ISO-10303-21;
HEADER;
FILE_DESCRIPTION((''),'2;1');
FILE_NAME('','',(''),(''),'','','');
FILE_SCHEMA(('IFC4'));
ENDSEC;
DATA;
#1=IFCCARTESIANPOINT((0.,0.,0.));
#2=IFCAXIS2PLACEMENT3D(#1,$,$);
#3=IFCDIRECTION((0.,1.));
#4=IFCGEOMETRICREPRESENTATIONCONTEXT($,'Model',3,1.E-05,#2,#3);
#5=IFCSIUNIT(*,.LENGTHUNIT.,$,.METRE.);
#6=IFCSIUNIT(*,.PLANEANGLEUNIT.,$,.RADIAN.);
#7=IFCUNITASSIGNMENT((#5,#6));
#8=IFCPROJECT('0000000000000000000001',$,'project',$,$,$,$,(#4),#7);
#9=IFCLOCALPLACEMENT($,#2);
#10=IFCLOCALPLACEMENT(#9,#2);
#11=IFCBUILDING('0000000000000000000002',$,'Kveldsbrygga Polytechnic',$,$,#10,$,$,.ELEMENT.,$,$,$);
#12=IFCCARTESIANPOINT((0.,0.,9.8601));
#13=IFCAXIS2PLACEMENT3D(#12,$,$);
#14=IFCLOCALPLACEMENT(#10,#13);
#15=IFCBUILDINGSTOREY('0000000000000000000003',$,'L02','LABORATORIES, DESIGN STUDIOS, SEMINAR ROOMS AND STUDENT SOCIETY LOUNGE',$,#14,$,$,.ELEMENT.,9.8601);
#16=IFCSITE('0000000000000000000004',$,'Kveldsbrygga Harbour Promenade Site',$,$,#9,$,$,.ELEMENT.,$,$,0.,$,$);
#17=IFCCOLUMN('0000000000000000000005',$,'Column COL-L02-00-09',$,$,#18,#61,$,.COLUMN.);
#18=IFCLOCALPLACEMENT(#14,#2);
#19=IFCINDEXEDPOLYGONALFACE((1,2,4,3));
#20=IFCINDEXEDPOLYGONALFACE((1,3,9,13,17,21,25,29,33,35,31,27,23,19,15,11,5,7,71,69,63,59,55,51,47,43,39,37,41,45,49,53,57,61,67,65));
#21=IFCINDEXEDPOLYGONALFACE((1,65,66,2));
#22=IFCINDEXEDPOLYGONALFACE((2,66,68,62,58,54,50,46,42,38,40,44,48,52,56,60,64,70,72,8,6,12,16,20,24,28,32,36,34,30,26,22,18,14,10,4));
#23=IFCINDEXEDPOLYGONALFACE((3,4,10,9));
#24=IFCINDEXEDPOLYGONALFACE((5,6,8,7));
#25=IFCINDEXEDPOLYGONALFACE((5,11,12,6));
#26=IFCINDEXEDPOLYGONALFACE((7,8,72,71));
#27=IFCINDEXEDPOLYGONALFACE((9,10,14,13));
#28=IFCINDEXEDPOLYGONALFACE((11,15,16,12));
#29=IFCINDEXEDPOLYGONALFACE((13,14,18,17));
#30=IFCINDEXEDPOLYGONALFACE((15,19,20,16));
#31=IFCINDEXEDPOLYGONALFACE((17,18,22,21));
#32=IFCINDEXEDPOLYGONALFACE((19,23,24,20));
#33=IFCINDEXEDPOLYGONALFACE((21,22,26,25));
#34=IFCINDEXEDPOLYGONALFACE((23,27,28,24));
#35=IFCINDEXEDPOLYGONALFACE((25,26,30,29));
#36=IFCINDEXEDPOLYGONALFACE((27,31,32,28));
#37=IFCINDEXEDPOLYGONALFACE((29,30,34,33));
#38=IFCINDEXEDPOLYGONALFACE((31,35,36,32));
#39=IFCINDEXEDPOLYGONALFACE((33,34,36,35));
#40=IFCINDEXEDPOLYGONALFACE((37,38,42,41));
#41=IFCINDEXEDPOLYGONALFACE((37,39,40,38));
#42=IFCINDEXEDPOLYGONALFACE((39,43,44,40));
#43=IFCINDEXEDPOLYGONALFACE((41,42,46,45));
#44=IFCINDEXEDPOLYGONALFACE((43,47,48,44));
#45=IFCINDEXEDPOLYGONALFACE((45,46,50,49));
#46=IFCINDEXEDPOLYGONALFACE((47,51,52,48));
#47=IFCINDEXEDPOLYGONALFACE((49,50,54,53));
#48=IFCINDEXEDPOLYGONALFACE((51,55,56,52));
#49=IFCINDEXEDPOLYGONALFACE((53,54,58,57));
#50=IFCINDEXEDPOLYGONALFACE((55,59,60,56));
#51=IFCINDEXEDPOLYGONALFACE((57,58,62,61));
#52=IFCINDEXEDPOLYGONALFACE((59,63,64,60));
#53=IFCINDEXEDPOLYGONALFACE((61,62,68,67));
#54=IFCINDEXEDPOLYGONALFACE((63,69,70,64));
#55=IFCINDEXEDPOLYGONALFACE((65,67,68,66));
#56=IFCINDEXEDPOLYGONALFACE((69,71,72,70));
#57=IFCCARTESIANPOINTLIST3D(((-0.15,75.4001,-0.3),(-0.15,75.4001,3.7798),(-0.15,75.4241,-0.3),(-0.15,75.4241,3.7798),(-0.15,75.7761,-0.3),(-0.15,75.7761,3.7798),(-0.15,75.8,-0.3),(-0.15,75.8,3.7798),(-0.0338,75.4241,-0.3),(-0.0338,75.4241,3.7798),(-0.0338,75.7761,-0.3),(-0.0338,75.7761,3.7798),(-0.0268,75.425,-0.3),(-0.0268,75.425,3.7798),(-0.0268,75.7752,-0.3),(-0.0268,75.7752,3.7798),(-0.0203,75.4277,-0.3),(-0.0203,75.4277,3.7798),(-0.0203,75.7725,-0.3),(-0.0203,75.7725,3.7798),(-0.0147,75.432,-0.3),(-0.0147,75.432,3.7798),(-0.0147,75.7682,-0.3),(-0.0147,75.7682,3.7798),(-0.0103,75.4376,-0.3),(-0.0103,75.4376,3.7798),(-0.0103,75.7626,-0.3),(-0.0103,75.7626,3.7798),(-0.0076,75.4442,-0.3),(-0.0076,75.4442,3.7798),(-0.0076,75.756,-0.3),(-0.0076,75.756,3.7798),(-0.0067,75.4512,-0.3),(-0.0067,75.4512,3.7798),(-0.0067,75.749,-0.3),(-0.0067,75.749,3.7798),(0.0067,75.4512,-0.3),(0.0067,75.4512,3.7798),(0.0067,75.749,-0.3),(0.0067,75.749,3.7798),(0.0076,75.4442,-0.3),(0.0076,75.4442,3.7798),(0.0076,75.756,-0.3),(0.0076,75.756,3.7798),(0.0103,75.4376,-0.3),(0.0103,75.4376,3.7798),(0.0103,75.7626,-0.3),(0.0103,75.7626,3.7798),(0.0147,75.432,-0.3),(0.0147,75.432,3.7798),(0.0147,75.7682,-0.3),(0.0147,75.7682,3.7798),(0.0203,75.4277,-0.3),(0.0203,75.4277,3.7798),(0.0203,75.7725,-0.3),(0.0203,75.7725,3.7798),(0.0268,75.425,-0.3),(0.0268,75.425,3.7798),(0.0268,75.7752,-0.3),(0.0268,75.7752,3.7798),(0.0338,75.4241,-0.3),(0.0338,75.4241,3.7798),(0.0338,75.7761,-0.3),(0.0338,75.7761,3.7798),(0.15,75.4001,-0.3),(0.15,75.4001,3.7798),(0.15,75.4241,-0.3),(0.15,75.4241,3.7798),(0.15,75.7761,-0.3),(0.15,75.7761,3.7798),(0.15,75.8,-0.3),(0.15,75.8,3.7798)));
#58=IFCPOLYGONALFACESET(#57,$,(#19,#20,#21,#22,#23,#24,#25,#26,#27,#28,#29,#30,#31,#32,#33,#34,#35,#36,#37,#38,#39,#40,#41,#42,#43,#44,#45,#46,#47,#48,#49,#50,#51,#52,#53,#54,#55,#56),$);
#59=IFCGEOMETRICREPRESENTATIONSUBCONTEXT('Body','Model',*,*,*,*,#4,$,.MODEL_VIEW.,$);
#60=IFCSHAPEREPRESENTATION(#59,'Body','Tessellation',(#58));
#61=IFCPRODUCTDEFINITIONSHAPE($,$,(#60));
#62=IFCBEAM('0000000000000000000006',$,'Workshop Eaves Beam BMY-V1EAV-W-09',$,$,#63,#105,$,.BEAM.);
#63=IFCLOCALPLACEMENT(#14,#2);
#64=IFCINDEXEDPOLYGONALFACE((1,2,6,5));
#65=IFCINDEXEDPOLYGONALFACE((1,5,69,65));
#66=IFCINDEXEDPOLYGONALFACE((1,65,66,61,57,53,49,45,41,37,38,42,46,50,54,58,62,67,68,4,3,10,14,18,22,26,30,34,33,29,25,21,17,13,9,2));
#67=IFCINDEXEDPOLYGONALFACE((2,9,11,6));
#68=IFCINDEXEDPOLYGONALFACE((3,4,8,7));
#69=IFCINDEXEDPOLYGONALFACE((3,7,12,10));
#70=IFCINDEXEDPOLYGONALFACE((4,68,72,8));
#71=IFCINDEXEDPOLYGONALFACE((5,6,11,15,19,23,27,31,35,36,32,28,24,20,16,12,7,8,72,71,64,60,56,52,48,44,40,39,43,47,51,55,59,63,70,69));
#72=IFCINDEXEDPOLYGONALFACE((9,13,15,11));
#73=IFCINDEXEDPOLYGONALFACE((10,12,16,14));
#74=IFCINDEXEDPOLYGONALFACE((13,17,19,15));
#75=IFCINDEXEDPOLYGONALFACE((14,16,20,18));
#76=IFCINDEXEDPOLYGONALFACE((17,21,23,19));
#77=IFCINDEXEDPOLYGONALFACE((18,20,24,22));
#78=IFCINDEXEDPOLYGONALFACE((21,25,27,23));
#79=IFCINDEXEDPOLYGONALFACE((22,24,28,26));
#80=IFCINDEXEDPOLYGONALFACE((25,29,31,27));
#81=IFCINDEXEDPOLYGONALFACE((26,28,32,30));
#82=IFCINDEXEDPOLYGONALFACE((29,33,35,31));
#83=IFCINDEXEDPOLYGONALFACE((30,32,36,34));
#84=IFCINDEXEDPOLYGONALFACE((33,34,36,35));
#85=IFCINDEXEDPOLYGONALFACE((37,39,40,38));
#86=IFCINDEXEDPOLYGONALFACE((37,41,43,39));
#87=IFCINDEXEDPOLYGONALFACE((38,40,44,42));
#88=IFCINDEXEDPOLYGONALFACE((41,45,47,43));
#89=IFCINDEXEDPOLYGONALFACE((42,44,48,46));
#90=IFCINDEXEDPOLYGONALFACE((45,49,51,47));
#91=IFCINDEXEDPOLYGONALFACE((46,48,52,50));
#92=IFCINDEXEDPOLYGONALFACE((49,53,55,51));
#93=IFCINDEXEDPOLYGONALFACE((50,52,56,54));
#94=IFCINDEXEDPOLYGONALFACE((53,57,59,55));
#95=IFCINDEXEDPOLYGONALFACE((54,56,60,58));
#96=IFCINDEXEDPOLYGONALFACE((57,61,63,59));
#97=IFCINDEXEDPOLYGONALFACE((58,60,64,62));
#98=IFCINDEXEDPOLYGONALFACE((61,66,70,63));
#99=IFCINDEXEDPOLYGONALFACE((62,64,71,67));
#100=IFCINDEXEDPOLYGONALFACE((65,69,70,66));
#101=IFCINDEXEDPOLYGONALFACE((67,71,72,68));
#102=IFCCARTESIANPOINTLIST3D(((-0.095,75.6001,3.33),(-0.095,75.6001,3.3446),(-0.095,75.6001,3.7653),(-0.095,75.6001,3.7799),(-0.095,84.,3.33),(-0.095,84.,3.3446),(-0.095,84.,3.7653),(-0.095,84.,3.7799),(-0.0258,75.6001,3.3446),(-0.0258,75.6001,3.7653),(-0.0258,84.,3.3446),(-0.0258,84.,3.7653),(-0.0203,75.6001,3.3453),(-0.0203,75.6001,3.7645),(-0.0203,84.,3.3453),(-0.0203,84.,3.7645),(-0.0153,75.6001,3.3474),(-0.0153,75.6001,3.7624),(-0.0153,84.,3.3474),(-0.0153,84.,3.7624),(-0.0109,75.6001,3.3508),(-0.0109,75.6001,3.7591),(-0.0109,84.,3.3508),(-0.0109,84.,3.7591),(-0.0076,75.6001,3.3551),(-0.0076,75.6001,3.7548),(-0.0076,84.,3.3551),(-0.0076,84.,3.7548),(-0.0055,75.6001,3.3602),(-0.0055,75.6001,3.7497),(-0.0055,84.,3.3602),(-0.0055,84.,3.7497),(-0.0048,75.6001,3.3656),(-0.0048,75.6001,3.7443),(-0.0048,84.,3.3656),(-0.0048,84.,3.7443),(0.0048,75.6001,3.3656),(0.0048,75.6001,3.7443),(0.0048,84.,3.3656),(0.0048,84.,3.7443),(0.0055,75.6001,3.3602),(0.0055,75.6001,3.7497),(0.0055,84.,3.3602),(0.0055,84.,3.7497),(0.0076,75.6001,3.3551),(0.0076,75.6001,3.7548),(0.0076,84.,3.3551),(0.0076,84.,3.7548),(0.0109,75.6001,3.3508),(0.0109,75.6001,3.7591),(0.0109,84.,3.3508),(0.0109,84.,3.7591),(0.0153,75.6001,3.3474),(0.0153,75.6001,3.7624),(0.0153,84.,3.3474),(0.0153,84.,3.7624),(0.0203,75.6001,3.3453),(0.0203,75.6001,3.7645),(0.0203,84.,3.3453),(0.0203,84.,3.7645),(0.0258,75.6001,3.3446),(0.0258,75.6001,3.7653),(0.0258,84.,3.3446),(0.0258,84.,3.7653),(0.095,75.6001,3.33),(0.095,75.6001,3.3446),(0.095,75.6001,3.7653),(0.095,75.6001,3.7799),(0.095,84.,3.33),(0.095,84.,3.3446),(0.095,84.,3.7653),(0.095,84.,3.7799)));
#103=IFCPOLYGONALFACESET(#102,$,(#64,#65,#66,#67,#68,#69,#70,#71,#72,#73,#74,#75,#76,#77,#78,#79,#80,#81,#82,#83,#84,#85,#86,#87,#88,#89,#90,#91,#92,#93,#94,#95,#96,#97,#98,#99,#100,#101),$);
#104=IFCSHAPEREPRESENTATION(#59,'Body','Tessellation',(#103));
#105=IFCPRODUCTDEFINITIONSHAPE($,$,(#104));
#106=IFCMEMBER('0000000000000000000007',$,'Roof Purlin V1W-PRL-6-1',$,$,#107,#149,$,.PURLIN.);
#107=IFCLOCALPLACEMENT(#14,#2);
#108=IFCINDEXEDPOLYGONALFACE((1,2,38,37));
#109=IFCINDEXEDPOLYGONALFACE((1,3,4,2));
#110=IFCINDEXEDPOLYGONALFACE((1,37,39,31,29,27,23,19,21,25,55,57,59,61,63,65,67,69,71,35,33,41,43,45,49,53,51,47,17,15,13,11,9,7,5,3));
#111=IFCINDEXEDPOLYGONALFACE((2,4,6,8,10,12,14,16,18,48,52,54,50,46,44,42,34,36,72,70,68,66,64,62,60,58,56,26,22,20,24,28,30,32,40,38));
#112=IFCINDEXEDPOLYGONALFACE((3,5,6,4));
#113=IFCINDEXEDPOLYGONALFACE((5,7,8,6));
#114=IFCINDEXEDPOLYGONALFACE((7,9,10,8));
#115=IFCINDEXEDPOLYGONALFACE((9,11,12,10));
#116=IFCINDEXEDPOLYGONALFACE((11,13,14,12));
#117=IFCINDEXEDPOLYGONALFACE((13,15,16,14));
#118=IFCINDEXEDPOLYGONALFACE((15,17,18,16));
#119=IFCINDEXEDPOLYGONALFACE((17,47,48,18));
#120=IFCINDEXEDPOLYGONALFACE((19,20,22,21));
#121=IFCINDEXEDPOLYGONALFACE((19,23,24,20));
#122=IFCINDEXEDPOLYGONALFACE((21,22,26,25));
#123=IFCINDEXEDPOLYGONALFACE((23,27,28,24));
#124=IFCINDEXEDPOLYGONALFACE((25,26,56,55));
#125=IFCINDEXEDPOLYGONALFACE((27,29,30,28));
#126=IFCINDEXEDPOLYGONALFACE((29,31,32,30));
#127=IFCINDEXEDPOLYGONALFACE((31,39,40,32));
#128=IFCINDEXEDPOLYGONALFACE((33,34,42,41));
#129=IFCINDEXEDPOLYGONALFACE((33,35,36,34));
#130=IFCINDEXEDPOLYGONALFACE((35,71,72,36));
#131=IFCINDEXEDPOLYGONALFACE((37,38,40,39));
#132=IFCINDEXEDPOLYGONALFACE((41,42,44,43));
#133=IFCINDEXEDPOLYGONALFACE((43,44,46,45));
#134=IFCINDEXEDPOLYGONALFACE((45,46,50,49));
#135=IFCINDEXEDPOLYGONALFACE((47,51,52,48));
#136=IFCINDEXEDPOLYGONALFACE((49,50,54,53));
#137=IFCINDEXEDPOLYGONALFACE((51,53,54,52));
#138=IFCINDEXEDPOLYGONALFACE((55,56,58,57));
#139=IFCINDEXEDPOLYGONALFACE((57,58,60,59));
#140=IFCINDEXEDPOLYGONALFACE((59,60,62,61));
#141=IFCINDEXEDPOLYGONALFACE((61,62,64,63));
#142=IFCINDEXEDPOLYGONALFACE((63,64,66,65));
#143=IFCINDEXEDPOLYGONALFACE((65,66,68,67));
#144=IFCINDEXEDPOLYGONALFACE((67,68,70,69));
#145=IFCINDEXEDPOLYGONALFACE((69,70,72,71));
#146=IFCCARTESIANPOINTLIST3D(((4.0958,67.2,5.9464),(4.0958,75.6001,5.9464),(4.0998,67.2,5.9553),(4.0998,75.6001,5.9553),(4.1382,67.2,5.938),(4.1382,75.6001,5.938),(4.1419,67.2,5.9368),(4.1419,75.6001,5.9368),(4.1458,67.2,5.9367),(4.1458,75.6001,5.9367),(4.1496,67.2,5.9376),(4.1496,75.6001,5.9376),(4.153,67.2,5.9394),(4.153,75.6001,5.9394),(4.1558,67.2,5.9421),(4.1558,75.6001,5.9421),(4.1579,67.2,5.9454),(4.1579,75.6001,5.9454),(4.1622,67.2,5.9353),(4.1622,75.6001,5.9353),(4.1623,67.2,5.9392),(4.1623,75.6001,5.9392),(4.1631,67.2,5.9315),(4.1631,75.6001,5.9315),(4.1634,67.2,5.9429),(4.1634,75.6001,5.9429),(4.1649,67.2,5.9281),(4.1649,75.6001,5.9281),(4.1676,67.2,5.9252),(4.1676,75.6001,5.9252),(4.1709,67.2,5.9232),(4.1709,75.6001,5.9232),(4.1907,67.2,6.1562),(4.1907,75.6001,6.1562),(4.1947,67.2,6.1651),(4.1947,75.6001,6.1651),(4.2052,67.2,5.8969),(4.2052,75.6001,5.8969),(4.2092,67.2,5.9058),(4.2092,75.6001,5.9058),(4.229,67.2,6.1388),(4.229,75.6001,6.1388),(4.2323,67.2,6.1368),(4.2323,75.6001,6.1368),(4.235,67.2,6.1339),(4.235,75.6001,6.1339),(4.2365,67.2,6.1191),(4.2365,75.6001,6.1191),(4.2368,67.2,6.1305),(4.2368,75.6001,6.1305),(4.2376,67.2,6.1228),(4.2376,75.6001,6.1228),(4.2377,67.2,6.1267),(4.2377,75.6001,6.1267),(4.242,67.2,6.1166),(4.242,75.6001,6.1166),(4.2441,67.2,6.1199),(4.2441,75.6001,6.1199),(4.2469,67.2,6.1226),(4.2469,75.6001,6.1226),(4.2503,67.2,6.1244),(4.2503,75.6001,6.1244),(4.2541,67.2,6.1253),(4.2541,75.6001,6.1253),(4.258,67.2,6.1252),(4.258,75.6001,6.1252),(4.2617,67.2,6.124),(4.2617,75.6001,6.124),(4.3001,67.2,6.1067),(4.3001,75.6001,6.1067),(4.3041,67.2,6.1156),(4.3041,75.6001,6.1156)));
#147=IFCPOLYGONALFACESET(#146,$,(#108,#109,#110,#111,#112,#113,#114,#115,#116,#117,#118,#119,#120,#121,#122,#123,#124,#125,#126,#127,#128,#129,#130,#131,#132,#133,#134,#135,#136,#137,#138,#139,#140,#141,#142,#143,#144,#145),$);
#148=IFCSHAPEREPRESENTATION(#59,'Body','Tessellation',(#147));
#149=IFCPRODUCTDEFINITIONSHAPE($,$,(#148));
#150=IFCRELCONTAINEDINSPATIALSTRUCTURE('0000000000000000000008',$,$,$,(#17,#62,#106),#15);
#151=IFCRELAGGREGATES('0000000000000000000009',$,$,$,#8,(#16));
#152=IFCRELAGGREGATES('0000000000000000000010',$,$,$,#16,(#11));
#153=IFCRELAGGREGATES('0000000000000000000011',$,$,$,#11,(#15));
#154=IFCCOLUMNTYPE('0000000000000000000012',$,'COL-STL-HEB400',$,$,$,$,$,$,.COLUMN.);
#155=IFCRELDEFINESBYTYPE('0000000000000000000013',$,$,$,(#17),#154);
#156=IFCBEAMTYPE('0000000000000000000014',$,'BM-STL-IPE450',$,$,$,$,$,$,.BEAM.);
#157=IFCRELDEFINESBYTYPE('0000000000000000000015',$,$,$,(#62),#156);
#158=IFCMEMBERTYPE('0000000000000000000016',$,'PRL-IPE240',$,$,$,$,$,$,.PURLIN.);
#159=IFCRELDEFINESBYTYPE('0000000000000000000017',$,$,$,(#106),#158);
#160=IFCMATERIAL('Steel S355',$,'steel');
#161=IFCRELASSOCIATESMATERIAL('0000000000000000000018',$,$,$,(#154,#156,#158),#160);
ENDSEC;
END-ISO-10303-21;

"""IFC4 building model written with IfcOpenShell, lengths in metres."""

from ifc_helpers import new_model, si_unit, direction, frame, origin, origin_2d, place, context, subcontext, project, spatial, i_section, extrude, material, material_profile, profile_set, type_object, element, save


model = new_model("IFC4")

# Units and contexts
model_context = context("Model", 3, precision=1e-05, world=origin(), true_north=direction((0.0, 1.0)))
body_context = subcontext(model_context, "Body", "Model", "MODEL_VIEW")
ifc_project = project(units=[si_unit("LENGTHUNIT", "METRE"), si_unit("PLANEANGLEUNIT", "RADIAN")], contexts=[model_context])

# Site, building, storey
site_placement = place(None, origin())
site = spatial("IfcSite", under=ifc_project, at=site_placement, Name="Kveldsbrygga Harbour Promenade Site", CompositionType="ELEMENT", RefElevation=0.0)
building_placement = place(site_placement, origin())
building = spatial("IfcBuilding", under=site, at=building_placement, Name="Kveldsbrygga Polytechnic", CompositionType="ELEMENT")
storey_placement = place(building_placement, frame((0.0, 0.0, 9.8601)))
storey = spatial("IfcBuildingStorey", under=building, at=storey_placement, Name="L02", Description="LABORATORIES, DESIGN STUDIOS, SEMINAR ROOMS AND STUDENT SOCIETY LOUNGE", CompositionType="ELEMENT", Elevation=9.8601)

# Column
ifc_material_1 = material(Name="Steel S355", Category="steel")
ifc_material_profile_1 = material_profile(ifc_material_1, i_section(OverallWidth=0.3, OverallDepth=0.3999, WebThickness=0.0134, FlangeThickness=0.0239, FilletRadius=0.0271, at=origin_2d()), Name="HEB 400")
ifc_profile_set_1 = profile_set([ifc_material_profile_1], Name="Steel S355")
column_type = type_object("IfcColumnType", Name="COL-STL-HEB400", PredefinedType="COLUMN", material=ifc_profile_set_1)
column_placement = place(storey_placement, frame((0.0, 75.6001, -0.3), z_axis=(0.0, 0.0, 1.0), x_axis=(1.0, 0.0, 0.0)))
element("IfcColumn", 1, at=column_placement, inside=storey, type_object=column_type, Name="Column COL-L02-00-09", PredefinedType="COLUMN", context=body_context, shape_type="SweptSolid", body=[
    extrude(i_section(OverallWidth=0.3, OverallDepth=0.3999, WebThickness=0.0134, FlangeThickness=0.0239, FilletRadius=0.0271, at=origin_2d()), origin(), (0.0, 0.0, 1.0), 4.0798),
])

# Beam
ifc_material_profile_2 = material_profile(ifc_material_1, i_section(OverallWidth=0.1899, OverallDepth=0.45, WebThickness=0.0095, FlangeThickness=0.0146, FilletRadius=0.021, at=origin_2d()), Name="IPE 450")
ifc_profile_set_2 = profile_set([ifc_material_profile_2], Name="Steel S355")
beam_type = type_object("IfcBeamType", Name="BM-STL-IPE450", PredefinedType="BEAM", material=ifc_profile_set_2)
beam_placement = place(storey_placement, frame((0.0, 75.6001, 3.5549), z_axis=(0.0, 1.0, 0.0), x_axis=(-1.0, 0.0, 0.0)))
element("IfcBeam", 2, at=beam_placement, inside=storey, type_object=beam_type, Name="Workshop Eaves Beam BMY-V1EAV-W-09", PredefinedType="BEAM", context=body_context, shape_type="SweptSolid", body=[
    extrude(i_section(OverallWidth=0.1899, OverallDepth=0.45, WebThickness=0.0095, FlangeThickness=0.0146, FilletRadius=0.021, at=origin_2d()), origin(), (0.0, 0.0, 1.0), 8.3999),
])

# Member
ifc_material_profile_3 = material_profile(ifc_material_1, i_section(OverallWidth=0.1201, OverallDepth=0.24, WebThickness=0.0061, FlangeThickness=0.0098, FilletRadius=0.0149, at=origin_2d()), Name="IPE 240")
ifc_profile_set_3 = profile_set([ifc_material_profile_3], Name="Steel S355")
member_type_1 = type_object("IfcMemberType", Name="PRL-IPE240", PredefinedType="PURLIN", material=ifc_profile_set_3)
member_1_placement = place(storey_placement, frame((4.2, 67.2, 6.031), z_axis=(0.0, 1.0, 0.0), x_axis=(-0.911108, 0.0, 0.412168)))
element("IfcMember", 3, at=member_1_placement, inside=storey, type_object=member_type_1, Name="Roof Purlin V1W-PRL-6-1", PredefinedType="PURLIN", context=body_context, shape_type="SweptSolid", body=[
    extrude(i_section(OverallWidth=0.1201, OverallDepth=0.24, WebThickness=0.0061, FlangeThickness=0.0098, FilletRadius=0.0149, at=origin_2d()), origin(), (0.0, 0.0, 1.0), 8.4001),
])

save(model, "model.ifc")
